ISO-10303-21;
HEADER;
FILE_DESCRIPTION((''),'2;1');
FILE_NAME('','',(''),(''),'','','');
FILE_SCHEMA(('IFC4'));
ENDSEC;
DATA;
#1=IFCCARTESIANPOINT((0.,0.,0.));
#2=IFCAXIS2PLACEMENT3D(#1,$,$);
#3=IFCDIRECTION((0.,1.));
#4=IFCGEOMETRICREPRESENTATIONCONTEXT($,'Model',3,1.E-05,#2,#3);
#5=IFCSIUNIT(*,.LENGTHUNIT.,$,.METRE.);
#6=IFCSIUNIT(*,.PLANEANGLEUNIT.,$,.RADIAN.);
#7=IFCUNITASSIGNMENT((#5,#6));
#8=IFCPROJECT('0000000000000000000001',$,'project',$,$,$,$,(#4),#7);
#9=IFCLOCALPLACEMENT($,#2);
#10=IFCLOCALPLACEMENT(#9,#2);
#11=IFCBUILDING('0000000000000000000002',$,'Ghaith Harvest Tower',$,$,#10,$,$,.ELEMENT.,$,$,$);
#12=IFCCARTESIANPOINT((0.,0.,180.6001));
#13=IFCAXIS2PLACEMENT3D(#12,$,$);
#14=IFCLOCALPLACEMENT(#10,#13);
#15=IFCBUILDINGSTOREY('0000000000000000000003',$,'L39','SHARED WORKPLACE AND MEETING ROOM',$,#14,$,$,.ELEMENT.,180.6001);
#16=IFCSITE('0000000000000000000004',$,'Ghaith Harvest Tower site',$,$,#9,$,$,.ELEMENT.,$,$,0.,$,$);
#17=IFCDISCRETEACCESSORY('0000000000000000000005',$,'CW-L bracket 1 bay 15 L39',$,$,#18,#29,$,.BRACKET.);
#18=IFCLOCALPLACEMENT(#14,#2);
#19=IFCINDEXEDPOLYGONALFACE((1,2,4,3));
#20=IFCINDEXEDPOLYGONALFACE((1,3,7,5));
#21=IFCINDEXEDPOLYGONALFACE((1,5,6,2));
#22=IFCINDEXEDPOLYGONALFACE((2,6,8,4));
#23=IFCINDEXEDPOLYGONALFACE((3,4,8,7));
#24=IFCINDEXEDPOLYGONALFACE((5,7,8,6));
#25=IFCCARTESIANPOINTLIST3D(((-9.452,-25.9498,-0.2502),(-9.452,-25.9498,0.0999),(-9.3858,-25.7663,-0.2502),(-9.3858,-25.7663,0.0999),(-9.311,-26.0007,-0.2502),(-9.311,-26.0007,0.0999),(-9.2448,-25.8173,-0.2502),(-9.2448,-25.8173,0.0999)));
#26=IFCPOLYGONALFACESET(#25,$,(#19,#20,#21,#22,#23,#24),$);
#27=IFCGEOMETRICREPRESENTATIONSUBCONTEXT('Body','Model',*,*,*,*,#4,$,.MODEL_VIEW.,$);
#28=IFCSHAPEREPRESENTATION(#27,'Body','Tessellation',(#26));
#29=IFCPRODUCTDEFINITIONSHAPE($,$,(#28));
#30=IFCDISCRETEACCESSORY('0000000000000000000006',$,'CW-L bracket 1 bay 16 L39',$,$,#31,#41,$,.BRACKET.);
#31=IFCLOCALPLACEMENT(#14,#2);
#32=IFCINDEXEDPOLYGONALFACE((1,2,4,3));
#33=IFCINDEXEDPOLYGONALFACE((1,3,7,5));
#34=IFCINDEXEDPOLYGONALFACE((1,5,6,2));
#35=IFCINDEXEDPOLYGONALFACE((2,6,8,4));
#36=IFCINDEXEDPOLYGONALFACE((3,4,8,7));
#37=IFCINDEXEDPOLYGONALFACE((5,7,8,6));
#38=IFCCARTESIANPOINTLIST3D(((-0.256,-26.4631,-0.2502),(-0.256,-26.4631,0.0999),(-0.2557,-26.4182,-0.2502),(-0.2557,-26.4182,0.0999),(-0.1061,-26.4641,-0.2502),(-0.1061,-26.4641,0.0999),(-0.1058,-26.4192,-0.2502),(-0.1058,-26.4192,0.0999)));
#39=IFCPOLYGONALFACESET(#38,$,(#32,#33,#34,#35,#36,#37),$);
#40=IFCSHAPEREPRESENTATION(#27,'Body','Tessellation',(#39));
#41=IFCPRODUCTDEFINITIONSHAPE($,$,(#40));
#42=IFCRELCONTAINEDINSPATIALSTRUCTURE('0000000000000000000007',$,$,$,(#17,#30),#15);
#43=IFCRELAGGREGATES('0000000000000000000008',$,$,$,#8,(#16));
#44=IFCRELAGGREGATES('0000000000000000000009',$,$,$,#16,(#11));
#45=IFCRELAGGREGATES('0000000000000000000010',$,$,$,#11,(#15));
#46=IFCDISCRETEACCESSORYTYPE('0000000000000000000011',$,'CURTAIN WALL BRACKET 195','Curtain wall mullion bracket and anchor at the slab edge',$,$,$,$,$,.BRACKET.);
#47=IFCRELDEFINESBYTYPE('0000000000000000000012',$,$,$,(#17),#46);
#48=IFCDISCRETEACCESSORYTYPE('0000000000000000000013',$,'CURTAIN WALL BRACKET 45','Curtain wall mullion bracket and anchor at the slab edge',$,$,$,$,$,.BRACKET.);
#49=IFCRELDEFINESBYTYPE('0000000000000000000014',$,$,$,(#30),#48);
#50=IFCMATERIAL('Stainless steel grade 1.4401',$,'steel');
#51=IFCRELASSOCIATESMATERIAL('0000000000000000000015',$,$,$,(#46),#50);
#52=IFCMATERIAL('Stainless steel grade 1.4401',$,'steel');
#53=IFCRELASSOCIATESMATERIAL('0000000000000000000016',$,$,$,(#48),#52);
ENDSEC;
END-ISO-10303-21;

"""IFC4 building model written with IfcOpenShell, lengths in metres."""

from ifc_helpers import new_model, si_unit, direction, frame, origin, origin_2d, place, context, subcontext, project, spatial, rectangle, extrude, material, type_object, element, save


model = new_model("IFC4")

# Units and contexts
model_context = context("Model", 3, precision=1e-05, world=origin(), true_north=direction((0.0, 1.0)))
body_context = subcontext(model_context, "Body", "Model", "MODEL_VIEW")
ifc_project = project(units=[si_unit("LENGTHUNIT", "METRE"), si_unit("PLANEANGLEUNIT", "RADIAN")], contexts=[model_context])

# Site, building, storey
site_placement = place(None, origin())
site = spatial("IfcSite", under=ifc_project, at=site_placement, Name="Ghaith Harvest Tower site", CompositionType="ELEMENT", RefElevation=0.0)
building_placement = place(site_placement, origin())
building = spatial("IfcBuilding", under=site, at=building_placement, Name="Ghaith Harvest Tower", CompositionType="ELEMENT")
storey_placement = place(building_placement, frame((0.0, 0.0, 180.6001)))
storey = spatial("IfcBuildingStorey", under=building, at=storey_placement, Name="L39", Description="SHARED WORKPLACE AND MEETING ROOM", CompositionType="ELEMENT", Elevation=180.6001)

# Discrete accessories
ifc_material_1 = material(Name="Stainless steel grade 1.4401", Category="steel")
discrete_accessory_type_1 = type_object("IfcDiscreteAccessoryType", Name="CURTAIN WALL BRACKET 195", Description="Curtain wall mullion bracket and anchor at the slab edge", PredefinedType="BRACKET", material=ifc_material_1)
discrete_accessory_1_placement = place(storey_placement, frame((-9.3484, -25.8835, -0.2502), z_axis=(0.0, 0.0, 1.0), x_axis=(-0.339699, -0.940534, 0.0)))
element("IfcDiscreteAccessory", 1, at=discrete_accessory_1_placement, inside=storey, type_object=discrete_accessory_type_1, Name="CW-L bracket 1 bay 15 L39", PredefinedType="BRACKET", context=body_context, shape_type="SweptSolid", body=[
    extrude(rectangle(XDim=0.1951, YDim=0.1499, at=origin_2d()), origin(), (0.0, 0.0, 1.0), 0.3501),
])
ifc_material_2 = material(Name="Stainless steel grade 1.4401", Category="steel")
discrete_accessory_type_2 = type_object("IfcDiscreteAccessoryType", Name="CURTAIN WALL BRACKET 45", Description="Curtain wall mullion bracket and anchor at the slab edge", PredefinedType="BRACKET", material=ifc_material_2)
discrete_accessory_2_placement = place(storey_placement, frame((-0.1809, -26.4412, -0.2502), z_axis=(0.0, 0.0, 1.0), x_axis=(-0.006844, -0.999977, 0.0)))
element("IfcDiscreteAccessory", 2, at=discrete_accessory_2_placement, inside=storey, type_object=discrete_accessory_type_2, Name="CW-L bracket 1 bay 16 L39", PredefinedType="BRACKET", context=body_context, shape_type="SweptSolid", body=[
    extrude(rectangle(XDim=0.0449, YDim=0.1499, at=origin_2d()), origin(), (0.0, 0.0, 1.0), 0.3501),
])

save(model, "model.ifc")
